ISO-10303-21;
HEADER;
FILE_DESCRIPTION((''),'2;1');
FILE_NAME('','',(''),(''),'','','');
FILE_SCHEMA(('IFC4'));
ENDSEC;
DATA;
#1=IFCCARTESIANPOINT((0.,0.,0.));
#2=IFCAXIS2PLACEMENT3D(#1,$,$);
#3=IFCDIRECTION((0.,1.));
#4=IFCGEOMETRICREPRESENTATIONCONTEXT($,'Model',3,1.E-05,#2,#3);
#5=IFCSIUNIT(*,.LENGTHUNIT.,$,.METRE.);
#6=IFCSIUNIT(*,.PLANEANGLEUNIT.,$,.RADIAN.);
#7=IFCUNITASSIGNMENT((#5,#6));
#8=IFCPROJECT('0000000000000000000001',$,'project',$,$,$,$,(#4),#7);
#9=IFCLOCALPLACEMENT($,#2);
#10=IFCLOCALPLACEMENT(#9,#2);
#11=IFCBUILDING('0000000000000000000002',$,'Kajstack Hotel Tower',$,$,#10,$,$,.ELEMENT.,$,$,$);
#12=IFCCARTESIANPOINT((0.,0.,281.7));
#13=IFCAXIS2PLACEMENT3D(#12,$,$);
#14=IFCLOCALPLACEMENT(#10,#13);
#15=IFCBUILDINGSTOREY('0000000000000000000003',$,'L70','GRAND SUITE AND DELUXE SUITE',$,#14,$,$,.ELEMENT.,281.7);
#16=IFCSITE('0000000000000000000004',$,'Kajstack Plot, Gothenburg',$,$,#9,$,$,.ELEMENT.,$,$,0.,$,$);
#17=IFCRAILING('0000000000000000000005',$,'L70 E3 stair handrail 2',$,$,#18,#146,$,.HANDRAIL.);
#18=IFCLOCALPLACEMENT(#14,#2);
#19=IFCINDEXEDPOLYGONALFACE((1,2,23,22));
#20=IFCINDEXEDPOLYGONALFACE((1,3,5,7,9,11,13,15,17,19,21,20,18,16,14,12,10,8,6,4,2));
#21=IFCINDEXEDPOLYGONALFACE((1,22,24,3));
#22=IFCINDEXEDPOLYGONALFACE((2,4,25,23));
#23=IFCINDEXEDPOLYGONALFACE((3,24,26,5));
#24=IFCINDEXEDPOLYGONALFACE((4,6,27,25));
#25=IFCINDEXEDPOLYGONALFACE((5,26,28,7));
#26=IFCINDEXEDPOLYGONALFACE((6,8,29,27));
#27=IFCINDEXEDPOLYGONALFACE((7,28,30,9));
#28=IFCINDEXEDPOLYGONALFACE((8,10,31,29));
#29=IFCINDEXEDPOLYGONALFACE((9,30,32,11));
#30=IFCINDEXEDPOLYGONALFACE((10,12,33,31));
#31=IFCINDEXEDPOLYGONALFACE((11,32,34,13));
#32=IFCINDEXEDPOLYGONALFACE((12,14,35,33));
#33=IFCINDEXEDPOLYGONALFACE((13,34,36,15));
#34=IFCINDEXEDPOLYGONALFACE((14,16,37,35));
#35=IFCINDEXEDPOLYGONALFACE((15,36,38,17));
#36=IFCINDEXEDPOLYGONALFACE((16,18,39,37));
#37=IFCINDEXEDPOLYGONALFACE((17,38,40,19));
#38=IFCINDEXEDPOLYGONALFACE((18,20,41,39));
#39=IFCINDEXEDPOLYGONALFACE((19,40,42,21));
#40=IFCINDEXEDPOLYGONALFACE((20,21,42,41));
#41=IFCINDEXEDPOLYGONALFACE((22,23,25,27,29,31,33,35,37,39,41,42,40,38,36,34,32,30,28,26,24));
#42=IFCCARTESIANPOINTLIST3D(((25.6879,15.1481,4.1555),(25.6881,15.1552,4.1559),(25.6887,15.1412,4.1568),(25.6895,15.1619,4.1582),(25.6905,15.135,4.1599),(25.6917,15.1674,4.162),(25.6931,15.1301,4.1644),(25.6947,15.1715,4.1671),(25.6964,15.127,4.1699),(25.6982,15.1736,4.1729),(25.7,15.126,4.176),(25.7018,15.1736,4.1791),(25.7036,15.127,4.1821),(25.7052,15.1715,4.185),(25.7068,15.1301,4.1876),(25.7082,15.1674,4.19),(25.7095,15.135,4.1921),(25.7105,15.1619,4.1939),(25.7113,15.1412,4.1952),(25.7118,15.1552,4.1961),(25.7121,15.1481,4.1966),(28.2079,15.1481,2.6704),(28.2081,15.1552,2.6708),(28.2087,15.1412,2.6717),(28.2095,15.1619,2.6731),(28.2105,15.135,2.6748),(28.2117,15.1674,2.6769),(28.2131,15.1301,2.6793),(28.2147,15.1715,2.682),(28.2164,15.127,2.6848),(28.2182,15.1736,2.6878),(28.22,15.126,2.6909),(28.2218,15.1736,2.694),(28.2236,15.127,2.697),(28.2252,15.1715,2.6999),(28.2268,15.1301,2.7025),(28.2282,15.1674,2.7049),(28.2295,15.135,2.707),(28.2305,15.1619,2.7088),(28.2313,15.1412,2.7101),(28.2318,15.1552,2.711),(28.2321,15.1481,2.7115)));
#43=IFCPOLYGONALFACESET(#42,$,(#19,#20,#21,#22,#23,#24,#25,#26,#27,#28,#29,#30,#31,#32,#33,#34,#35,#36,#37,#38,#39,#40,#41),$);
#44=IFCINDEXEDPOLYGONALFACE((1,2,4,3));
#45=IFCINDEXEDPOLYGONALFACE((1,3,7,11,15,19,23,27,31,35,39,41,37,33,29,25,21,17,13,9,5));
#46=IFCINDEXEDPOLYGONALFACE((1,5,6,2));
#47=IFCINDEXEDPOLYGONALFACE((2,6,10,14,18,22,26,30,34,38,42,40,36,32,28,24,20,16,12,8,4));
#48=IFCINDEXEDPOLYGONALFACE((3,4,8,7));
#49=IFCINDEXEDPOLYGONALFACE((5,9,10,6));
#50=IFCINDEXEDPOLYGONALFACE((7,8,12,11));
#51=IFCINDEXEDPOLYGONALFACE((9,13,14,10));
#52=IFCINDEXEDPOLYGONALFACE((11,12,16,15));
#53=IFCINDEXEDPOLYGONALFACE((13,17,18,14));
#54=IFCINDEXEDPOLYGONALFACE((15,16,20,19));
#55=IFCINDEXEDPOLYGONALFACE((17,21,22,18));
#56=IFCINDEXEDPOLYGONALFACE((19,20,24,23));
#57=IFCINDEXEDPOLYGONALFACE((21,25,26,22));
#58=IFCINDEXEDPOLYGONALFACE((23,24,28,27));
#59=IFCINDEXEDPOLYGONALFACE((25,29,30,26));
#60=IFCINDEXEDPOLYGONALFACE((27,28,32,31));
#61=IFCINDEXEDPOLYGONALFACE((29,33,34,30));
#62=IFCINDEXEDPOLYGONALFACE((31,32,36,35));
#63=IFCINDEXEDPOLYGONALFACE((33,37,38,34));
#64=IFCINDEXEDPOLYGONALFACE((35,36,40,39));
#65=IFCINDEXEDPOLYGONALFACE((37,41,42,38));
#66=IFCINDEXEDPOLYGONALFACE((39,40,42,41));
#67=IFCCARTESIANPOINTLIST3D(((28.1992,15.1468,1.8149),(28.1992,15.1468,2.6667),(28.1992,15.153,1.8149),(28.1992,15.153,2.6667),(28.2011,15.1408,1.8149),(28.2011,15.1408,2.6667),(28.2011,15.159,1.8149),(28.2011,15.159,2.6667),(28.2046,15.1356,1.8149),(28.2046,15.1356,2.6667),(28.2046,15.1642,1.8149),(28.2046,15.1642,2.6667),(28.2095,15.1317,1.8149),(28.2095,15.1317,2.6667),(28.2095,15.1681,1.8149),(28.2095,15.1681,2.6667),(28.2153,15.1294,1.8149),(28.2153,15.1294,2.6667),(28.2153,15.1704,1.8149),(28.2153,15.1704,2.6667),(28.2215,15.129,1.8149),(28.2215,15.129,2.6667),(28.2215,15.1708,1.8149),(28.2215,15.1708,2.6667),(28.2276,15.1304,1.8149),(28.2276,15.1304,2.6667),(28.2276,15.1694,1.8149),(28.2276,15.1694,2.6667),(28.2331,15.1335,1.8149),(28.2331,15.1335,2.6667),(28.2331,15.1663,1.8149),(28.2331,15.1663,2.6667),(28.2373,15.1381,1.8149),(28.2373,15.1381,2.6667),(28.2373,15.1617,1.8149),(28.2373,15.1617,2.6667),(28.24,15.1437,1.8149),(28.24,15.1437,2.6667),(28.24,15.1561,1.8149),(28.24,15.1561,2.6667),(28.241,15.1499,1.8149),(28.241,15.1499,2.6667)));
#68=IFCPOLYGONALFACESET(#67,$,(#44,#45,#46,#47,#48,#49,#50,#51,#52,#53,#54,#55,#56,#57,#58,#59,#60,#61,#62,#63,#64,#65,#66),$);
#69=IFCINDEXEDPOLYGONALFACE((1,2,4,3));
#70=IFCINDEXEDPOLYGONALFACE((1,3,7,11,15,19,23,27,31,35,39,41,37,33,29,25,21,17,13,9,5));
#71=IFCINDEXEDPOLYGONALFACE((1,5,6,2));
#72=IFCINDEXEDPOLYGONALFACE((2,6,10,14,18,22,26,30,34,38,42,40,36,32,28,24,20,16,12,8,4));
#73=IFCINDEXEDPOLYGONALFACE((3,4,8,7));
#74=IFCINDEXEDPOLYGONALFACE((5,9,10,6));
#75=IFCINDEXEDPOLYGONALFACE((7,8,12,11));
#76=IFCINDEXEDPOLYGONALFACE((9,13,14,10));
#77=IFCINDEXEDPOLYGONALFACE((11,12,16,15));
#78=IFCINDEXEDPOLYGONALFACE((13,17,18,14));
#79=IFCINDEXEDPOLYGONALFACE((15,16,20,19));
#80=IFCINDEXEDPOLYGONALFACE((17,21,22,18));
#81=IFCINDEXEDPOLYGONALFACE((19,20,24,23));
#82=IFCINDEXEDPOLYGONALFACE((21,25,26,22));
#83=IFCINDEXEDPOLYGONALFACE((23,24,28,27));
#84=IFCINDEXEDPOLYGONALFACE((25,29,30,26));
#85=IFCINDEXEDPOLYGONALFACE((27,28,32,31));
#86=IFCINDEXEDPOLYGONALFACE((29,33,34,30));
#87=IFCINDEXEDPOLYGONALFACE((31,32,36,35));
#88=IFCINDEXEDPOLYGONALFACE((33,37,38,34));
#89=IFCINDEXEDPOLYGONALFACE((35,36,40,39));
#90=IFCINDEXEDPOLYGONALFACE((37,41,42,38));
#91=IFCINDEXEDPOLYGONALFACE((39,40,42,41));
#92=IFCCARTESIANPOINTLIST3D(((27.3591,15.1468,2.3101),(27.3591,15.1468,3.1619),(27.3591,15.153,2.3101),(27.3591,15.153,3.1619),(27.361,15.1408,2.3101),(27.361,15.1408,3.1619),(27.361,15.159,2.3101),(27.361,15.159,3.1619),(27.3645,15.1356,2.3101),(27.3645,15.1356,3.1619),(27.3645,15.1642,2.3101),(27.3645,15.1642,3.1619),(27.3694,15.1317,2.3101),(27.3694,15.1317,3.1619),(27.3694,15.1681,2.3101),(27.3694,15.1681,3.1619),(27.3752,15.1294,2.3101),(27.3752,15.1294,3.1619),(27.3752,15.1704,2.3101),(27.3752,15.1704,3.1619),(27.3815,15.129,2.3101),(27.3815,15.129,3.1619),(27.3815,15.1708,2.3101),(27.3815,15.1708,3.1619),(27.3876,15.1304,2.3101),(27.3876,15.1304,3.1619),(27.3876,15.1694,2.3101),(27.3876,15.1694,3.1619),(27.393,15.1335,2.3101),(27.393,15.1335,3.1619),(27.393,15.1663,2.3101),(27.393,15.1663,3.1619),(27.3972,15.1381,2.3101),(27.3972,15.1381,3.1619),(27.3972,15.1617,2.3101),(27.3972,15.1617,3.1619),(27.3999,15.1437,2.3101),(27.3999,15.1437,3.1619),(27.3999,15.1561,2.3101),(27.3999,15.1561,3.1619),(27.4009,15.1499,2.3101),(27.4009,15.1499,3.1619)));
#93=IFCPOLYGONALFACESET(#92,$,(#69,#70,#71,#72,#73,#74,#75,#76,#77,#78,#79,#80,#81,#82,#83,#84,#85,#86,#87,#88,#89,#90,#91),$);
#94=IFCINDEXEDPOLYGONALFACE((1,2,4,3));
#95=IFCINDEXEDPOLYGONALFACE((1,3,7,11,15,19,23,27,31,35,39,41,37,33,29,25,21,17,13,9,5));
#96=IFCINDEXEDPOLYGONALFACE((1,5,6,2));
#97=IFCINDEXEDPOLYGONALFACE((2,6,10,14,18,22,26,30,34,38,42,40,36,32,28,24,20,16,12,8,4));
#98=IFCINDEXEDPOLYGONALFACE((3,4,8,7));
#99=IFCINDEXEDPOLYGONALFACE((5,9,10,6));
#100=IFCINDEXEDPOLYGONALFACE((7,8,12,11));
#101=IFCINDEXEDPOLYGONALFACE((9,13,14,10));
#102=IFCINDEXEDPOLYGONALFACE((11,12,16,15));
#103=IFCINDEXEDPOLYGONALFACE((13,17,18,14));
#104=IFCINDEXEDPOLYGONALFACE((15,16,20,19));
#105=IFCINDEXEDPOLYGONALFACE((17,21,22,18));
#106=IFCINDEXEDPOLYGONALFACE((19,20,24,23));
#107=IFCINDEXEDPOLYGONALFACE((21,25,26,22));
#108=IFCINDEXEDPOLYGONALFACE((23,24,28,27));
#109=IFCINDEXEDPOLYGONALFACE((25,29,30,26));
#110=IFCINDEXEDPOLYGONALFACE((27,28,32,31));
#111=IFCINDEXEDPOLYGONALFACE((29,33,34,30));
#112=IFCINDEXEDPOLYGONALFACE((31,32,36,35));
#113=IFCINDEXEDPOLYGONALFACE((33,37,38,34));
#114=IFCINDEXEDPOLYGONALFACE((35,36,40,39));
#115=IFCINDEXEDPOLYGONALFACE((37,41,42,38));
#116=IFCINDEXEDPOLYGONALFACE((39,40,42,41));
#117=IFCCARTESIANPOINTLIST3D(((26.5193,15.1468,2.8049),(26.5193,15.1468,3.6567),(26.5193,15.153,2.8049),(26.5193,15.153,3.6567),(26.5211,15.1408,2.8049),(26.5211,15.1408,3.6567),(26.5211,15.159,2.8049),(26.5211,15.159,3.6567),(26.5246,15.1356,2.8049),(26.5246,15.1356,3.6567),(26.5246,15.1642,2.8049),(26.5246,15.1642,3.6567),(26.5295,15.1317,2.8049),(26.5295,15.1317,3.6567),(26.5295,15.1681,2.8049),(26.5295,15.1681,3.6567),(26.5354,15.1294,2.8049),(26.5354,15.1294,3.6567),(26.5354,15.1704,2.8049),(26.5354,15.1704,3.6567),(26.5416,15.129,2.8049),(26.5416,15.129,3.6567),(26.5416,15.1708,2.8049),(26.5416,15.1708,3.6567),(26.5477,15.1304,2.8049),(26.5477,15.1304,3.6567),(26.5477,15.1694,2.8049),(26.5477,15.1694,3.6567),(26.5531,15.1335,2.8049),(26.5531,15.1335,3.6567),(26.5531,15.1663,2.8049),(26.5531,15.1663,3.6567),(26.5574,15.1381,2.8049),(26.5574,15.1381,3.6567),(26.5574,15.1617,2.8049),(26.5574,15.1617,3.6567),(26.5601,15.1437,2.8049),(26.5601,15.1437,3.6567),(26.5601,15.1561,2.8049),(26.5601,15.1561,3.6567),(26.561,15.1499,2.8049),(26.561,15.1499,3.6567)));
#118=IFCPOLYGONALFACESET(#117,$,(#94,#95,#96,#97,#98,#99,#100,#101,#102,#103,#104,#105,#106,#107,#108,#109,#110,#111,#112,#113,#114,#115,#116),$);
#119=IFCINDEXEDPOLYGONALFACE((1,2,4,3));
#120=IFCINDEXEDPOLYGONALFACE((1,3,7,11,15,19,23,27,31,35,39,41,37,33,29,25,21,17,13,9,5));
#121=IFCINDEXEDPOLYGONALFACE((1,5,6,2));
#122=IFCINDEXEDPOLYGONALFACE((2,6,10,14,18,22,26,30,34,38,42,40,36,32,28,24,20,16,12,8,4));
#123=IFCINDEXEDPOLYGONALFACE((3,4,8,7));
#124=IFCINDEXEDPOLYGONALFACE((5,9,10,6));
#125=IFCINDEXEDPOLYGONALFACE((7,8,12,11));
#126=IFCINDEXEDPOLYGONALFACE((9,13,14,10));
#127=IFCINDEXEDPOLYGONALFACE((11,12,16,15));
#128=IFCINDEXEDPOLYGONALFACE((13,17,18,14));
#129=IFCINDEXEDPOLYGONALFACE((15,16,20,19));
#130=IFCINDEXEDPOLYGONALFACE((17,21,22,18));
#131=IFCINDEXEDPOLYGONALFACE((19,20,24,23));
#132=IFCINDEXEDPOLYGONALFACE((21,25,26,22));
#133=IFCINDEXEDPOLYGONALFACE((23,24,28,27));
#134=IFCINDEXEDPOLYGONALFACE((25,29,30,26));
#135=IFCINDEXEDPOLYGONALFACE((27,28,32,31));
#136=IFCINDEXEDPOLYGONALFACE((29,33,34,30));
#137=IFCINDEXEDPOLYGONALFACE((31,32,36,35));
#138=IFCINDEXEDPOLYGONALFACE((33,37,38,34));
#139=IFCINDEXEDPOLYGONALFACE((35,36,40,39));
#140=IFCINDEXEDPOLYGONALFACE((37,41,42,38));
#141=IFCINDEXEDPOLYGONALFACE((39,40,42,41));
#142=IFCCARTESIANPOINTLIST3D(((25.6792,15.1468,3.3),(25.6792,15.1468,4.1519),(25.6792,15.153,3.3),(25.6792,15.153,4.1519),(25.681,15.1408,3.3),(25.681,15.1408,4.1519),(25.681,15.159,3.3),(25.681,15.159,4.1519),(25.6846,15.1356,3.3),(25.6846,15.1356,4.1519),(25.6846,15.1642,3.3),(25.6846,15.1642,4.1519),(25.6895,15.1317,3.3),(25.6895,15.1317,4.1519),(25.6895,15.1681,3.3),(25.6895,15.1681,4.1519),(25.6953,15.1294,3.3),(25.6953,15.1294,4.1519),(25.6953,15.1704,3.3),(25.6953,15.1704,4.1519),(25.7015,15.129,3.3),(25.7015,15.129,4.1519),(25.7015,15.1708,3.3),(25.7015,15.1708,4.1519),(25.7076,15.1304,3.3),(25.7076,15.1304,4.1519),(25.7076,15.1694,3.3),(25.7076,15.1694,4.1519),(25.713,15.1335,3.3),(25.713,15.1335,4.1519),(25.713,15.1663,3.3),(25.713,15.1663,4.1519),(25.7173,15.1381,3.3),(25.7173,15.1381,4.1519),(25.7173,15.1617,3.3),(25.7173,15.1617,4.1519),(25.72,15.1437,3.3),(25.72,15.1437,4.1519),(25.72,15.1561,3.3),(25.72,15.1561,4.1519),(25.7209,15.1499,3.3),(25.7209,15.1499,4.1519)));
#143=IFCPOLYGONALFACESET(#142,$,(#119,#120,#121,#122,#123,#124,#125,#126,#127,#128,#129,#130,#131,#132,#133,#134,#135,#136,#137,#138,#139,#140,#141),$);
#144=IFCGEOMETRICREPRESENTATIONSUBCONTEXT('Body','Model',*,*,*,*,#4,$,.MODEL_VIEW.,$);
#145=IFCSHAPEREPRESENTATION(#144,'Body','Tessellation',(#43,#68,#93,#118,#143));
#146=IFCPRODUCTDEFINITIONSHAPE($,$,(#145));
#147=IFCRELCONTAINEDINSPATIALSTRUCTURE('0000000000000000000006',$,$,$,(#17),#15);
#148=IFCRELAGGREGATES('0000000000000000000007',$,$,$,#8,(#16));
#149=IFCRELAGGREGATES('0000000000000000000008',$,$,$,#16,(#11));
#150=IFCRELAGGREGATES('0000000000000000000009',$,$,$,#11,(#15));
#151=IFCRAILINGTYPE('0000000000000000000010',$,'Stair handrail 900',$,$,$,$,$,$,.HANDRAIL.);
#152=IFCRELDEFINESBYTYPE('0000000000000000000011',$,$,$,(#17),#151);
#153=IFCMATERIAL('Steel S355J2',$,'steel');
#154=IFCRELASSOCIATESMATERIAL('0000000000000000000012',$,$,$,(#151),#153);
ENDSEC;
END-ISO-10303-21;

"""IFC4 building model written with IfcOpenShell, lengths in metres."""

from ifc_helpers import new_model, si_unit, direction, frame, origin, origin_2d, place, context, subcontext, project, spatial, circle, extrude, material, type_object, element, save


model = new_model("IFC4")

# Units and contexts
model_context = context("Model", 3, precision=1e-05, world=origin(), true_north=direction((0.0, 1.0)))
body_context = subcontext(model_context, "Body", "Model", "MODEL_VIEW")
ifc_project = project(units=[si_unit("LENGTHUNIT", "METRE"), si_unit("PLANEANGLEUNIT", "RADIAN")], contexts=[model_context])

# Site, building, storey
site_placement = place(None, origin())
site = spatial("IfcSite", under=ifc_project, at=site_placement, Name="Kajstack Plot, Gothenburg", CompositionType="ELEMENT", RefElevation=0.0)
building_placement = place(site_placement, origin())
building = spatial("IfcBuilding", under=site, at=building_placement, Name="Kajstack Hotel Tower", CompositionType="ELEMENT")
storey_placement = place(building_placement, frame((0.0, 0.0, 281.7)))
storey = spatial("IfcBuildingStorey", under=building, at=storey_placement, Name="L70", Description="GRAND SUITE AND DELUXE SUITE", CompositionType="ELEMENT", Elevation=281.7)

# Railing
ifc_material_1 = material(Name="Steel S355J2", Category="steel")
railing_type_1 = type_object("IfcRailingType", Name="Stair handrail 900", PredefinedType="HANDRAIL", material=ifc_material_1)
railing_1_placement = place(storey_placement, frame((28.22, 15.1499, 1.8149)))
element("IfcRailing", 1, at=railing_1_placement, inside=storey, type_object=railing_type_1, Name="L70 E3 stair handrail 2", PredefinedType="HANDRAIL", context=body_context, shape_type="SweptSolid", body=[
    extrude(circle(Radius=0.0239, at=origin_2d()), frame((0.0, 0.0, 0.876), z_axis=(-0.861524, 0.0, 0.507717), x_axis=(0.0, -1.0, 0.0)), (0.0, 0.0, 1.0), 2.925),
    extrude(circle(Radius=0.021, at=origin_2d()), origin(), (0.0, 0.0, 1.0), 0.8518),
    extrude(circle(Radius=0.021, at=origin_2d()), frame((-0.8401, 0.0, 0.4951)), (0.0, 0.0, 1.0), 0.8518),
    extrude(circle(Radius=0.021, at=origin_2d()), frame((-1.6799, 0.0, 0.99)), (0.0, 0.0, 1.0), 0.8518),
    extrude(circle(Radius=0.021, at=origin_2d()), frame((-2.52, 0.0, 1.4851)), (0.0, 0.0, 1.0), 0.8518),
])

save(model, "model.ifc")
